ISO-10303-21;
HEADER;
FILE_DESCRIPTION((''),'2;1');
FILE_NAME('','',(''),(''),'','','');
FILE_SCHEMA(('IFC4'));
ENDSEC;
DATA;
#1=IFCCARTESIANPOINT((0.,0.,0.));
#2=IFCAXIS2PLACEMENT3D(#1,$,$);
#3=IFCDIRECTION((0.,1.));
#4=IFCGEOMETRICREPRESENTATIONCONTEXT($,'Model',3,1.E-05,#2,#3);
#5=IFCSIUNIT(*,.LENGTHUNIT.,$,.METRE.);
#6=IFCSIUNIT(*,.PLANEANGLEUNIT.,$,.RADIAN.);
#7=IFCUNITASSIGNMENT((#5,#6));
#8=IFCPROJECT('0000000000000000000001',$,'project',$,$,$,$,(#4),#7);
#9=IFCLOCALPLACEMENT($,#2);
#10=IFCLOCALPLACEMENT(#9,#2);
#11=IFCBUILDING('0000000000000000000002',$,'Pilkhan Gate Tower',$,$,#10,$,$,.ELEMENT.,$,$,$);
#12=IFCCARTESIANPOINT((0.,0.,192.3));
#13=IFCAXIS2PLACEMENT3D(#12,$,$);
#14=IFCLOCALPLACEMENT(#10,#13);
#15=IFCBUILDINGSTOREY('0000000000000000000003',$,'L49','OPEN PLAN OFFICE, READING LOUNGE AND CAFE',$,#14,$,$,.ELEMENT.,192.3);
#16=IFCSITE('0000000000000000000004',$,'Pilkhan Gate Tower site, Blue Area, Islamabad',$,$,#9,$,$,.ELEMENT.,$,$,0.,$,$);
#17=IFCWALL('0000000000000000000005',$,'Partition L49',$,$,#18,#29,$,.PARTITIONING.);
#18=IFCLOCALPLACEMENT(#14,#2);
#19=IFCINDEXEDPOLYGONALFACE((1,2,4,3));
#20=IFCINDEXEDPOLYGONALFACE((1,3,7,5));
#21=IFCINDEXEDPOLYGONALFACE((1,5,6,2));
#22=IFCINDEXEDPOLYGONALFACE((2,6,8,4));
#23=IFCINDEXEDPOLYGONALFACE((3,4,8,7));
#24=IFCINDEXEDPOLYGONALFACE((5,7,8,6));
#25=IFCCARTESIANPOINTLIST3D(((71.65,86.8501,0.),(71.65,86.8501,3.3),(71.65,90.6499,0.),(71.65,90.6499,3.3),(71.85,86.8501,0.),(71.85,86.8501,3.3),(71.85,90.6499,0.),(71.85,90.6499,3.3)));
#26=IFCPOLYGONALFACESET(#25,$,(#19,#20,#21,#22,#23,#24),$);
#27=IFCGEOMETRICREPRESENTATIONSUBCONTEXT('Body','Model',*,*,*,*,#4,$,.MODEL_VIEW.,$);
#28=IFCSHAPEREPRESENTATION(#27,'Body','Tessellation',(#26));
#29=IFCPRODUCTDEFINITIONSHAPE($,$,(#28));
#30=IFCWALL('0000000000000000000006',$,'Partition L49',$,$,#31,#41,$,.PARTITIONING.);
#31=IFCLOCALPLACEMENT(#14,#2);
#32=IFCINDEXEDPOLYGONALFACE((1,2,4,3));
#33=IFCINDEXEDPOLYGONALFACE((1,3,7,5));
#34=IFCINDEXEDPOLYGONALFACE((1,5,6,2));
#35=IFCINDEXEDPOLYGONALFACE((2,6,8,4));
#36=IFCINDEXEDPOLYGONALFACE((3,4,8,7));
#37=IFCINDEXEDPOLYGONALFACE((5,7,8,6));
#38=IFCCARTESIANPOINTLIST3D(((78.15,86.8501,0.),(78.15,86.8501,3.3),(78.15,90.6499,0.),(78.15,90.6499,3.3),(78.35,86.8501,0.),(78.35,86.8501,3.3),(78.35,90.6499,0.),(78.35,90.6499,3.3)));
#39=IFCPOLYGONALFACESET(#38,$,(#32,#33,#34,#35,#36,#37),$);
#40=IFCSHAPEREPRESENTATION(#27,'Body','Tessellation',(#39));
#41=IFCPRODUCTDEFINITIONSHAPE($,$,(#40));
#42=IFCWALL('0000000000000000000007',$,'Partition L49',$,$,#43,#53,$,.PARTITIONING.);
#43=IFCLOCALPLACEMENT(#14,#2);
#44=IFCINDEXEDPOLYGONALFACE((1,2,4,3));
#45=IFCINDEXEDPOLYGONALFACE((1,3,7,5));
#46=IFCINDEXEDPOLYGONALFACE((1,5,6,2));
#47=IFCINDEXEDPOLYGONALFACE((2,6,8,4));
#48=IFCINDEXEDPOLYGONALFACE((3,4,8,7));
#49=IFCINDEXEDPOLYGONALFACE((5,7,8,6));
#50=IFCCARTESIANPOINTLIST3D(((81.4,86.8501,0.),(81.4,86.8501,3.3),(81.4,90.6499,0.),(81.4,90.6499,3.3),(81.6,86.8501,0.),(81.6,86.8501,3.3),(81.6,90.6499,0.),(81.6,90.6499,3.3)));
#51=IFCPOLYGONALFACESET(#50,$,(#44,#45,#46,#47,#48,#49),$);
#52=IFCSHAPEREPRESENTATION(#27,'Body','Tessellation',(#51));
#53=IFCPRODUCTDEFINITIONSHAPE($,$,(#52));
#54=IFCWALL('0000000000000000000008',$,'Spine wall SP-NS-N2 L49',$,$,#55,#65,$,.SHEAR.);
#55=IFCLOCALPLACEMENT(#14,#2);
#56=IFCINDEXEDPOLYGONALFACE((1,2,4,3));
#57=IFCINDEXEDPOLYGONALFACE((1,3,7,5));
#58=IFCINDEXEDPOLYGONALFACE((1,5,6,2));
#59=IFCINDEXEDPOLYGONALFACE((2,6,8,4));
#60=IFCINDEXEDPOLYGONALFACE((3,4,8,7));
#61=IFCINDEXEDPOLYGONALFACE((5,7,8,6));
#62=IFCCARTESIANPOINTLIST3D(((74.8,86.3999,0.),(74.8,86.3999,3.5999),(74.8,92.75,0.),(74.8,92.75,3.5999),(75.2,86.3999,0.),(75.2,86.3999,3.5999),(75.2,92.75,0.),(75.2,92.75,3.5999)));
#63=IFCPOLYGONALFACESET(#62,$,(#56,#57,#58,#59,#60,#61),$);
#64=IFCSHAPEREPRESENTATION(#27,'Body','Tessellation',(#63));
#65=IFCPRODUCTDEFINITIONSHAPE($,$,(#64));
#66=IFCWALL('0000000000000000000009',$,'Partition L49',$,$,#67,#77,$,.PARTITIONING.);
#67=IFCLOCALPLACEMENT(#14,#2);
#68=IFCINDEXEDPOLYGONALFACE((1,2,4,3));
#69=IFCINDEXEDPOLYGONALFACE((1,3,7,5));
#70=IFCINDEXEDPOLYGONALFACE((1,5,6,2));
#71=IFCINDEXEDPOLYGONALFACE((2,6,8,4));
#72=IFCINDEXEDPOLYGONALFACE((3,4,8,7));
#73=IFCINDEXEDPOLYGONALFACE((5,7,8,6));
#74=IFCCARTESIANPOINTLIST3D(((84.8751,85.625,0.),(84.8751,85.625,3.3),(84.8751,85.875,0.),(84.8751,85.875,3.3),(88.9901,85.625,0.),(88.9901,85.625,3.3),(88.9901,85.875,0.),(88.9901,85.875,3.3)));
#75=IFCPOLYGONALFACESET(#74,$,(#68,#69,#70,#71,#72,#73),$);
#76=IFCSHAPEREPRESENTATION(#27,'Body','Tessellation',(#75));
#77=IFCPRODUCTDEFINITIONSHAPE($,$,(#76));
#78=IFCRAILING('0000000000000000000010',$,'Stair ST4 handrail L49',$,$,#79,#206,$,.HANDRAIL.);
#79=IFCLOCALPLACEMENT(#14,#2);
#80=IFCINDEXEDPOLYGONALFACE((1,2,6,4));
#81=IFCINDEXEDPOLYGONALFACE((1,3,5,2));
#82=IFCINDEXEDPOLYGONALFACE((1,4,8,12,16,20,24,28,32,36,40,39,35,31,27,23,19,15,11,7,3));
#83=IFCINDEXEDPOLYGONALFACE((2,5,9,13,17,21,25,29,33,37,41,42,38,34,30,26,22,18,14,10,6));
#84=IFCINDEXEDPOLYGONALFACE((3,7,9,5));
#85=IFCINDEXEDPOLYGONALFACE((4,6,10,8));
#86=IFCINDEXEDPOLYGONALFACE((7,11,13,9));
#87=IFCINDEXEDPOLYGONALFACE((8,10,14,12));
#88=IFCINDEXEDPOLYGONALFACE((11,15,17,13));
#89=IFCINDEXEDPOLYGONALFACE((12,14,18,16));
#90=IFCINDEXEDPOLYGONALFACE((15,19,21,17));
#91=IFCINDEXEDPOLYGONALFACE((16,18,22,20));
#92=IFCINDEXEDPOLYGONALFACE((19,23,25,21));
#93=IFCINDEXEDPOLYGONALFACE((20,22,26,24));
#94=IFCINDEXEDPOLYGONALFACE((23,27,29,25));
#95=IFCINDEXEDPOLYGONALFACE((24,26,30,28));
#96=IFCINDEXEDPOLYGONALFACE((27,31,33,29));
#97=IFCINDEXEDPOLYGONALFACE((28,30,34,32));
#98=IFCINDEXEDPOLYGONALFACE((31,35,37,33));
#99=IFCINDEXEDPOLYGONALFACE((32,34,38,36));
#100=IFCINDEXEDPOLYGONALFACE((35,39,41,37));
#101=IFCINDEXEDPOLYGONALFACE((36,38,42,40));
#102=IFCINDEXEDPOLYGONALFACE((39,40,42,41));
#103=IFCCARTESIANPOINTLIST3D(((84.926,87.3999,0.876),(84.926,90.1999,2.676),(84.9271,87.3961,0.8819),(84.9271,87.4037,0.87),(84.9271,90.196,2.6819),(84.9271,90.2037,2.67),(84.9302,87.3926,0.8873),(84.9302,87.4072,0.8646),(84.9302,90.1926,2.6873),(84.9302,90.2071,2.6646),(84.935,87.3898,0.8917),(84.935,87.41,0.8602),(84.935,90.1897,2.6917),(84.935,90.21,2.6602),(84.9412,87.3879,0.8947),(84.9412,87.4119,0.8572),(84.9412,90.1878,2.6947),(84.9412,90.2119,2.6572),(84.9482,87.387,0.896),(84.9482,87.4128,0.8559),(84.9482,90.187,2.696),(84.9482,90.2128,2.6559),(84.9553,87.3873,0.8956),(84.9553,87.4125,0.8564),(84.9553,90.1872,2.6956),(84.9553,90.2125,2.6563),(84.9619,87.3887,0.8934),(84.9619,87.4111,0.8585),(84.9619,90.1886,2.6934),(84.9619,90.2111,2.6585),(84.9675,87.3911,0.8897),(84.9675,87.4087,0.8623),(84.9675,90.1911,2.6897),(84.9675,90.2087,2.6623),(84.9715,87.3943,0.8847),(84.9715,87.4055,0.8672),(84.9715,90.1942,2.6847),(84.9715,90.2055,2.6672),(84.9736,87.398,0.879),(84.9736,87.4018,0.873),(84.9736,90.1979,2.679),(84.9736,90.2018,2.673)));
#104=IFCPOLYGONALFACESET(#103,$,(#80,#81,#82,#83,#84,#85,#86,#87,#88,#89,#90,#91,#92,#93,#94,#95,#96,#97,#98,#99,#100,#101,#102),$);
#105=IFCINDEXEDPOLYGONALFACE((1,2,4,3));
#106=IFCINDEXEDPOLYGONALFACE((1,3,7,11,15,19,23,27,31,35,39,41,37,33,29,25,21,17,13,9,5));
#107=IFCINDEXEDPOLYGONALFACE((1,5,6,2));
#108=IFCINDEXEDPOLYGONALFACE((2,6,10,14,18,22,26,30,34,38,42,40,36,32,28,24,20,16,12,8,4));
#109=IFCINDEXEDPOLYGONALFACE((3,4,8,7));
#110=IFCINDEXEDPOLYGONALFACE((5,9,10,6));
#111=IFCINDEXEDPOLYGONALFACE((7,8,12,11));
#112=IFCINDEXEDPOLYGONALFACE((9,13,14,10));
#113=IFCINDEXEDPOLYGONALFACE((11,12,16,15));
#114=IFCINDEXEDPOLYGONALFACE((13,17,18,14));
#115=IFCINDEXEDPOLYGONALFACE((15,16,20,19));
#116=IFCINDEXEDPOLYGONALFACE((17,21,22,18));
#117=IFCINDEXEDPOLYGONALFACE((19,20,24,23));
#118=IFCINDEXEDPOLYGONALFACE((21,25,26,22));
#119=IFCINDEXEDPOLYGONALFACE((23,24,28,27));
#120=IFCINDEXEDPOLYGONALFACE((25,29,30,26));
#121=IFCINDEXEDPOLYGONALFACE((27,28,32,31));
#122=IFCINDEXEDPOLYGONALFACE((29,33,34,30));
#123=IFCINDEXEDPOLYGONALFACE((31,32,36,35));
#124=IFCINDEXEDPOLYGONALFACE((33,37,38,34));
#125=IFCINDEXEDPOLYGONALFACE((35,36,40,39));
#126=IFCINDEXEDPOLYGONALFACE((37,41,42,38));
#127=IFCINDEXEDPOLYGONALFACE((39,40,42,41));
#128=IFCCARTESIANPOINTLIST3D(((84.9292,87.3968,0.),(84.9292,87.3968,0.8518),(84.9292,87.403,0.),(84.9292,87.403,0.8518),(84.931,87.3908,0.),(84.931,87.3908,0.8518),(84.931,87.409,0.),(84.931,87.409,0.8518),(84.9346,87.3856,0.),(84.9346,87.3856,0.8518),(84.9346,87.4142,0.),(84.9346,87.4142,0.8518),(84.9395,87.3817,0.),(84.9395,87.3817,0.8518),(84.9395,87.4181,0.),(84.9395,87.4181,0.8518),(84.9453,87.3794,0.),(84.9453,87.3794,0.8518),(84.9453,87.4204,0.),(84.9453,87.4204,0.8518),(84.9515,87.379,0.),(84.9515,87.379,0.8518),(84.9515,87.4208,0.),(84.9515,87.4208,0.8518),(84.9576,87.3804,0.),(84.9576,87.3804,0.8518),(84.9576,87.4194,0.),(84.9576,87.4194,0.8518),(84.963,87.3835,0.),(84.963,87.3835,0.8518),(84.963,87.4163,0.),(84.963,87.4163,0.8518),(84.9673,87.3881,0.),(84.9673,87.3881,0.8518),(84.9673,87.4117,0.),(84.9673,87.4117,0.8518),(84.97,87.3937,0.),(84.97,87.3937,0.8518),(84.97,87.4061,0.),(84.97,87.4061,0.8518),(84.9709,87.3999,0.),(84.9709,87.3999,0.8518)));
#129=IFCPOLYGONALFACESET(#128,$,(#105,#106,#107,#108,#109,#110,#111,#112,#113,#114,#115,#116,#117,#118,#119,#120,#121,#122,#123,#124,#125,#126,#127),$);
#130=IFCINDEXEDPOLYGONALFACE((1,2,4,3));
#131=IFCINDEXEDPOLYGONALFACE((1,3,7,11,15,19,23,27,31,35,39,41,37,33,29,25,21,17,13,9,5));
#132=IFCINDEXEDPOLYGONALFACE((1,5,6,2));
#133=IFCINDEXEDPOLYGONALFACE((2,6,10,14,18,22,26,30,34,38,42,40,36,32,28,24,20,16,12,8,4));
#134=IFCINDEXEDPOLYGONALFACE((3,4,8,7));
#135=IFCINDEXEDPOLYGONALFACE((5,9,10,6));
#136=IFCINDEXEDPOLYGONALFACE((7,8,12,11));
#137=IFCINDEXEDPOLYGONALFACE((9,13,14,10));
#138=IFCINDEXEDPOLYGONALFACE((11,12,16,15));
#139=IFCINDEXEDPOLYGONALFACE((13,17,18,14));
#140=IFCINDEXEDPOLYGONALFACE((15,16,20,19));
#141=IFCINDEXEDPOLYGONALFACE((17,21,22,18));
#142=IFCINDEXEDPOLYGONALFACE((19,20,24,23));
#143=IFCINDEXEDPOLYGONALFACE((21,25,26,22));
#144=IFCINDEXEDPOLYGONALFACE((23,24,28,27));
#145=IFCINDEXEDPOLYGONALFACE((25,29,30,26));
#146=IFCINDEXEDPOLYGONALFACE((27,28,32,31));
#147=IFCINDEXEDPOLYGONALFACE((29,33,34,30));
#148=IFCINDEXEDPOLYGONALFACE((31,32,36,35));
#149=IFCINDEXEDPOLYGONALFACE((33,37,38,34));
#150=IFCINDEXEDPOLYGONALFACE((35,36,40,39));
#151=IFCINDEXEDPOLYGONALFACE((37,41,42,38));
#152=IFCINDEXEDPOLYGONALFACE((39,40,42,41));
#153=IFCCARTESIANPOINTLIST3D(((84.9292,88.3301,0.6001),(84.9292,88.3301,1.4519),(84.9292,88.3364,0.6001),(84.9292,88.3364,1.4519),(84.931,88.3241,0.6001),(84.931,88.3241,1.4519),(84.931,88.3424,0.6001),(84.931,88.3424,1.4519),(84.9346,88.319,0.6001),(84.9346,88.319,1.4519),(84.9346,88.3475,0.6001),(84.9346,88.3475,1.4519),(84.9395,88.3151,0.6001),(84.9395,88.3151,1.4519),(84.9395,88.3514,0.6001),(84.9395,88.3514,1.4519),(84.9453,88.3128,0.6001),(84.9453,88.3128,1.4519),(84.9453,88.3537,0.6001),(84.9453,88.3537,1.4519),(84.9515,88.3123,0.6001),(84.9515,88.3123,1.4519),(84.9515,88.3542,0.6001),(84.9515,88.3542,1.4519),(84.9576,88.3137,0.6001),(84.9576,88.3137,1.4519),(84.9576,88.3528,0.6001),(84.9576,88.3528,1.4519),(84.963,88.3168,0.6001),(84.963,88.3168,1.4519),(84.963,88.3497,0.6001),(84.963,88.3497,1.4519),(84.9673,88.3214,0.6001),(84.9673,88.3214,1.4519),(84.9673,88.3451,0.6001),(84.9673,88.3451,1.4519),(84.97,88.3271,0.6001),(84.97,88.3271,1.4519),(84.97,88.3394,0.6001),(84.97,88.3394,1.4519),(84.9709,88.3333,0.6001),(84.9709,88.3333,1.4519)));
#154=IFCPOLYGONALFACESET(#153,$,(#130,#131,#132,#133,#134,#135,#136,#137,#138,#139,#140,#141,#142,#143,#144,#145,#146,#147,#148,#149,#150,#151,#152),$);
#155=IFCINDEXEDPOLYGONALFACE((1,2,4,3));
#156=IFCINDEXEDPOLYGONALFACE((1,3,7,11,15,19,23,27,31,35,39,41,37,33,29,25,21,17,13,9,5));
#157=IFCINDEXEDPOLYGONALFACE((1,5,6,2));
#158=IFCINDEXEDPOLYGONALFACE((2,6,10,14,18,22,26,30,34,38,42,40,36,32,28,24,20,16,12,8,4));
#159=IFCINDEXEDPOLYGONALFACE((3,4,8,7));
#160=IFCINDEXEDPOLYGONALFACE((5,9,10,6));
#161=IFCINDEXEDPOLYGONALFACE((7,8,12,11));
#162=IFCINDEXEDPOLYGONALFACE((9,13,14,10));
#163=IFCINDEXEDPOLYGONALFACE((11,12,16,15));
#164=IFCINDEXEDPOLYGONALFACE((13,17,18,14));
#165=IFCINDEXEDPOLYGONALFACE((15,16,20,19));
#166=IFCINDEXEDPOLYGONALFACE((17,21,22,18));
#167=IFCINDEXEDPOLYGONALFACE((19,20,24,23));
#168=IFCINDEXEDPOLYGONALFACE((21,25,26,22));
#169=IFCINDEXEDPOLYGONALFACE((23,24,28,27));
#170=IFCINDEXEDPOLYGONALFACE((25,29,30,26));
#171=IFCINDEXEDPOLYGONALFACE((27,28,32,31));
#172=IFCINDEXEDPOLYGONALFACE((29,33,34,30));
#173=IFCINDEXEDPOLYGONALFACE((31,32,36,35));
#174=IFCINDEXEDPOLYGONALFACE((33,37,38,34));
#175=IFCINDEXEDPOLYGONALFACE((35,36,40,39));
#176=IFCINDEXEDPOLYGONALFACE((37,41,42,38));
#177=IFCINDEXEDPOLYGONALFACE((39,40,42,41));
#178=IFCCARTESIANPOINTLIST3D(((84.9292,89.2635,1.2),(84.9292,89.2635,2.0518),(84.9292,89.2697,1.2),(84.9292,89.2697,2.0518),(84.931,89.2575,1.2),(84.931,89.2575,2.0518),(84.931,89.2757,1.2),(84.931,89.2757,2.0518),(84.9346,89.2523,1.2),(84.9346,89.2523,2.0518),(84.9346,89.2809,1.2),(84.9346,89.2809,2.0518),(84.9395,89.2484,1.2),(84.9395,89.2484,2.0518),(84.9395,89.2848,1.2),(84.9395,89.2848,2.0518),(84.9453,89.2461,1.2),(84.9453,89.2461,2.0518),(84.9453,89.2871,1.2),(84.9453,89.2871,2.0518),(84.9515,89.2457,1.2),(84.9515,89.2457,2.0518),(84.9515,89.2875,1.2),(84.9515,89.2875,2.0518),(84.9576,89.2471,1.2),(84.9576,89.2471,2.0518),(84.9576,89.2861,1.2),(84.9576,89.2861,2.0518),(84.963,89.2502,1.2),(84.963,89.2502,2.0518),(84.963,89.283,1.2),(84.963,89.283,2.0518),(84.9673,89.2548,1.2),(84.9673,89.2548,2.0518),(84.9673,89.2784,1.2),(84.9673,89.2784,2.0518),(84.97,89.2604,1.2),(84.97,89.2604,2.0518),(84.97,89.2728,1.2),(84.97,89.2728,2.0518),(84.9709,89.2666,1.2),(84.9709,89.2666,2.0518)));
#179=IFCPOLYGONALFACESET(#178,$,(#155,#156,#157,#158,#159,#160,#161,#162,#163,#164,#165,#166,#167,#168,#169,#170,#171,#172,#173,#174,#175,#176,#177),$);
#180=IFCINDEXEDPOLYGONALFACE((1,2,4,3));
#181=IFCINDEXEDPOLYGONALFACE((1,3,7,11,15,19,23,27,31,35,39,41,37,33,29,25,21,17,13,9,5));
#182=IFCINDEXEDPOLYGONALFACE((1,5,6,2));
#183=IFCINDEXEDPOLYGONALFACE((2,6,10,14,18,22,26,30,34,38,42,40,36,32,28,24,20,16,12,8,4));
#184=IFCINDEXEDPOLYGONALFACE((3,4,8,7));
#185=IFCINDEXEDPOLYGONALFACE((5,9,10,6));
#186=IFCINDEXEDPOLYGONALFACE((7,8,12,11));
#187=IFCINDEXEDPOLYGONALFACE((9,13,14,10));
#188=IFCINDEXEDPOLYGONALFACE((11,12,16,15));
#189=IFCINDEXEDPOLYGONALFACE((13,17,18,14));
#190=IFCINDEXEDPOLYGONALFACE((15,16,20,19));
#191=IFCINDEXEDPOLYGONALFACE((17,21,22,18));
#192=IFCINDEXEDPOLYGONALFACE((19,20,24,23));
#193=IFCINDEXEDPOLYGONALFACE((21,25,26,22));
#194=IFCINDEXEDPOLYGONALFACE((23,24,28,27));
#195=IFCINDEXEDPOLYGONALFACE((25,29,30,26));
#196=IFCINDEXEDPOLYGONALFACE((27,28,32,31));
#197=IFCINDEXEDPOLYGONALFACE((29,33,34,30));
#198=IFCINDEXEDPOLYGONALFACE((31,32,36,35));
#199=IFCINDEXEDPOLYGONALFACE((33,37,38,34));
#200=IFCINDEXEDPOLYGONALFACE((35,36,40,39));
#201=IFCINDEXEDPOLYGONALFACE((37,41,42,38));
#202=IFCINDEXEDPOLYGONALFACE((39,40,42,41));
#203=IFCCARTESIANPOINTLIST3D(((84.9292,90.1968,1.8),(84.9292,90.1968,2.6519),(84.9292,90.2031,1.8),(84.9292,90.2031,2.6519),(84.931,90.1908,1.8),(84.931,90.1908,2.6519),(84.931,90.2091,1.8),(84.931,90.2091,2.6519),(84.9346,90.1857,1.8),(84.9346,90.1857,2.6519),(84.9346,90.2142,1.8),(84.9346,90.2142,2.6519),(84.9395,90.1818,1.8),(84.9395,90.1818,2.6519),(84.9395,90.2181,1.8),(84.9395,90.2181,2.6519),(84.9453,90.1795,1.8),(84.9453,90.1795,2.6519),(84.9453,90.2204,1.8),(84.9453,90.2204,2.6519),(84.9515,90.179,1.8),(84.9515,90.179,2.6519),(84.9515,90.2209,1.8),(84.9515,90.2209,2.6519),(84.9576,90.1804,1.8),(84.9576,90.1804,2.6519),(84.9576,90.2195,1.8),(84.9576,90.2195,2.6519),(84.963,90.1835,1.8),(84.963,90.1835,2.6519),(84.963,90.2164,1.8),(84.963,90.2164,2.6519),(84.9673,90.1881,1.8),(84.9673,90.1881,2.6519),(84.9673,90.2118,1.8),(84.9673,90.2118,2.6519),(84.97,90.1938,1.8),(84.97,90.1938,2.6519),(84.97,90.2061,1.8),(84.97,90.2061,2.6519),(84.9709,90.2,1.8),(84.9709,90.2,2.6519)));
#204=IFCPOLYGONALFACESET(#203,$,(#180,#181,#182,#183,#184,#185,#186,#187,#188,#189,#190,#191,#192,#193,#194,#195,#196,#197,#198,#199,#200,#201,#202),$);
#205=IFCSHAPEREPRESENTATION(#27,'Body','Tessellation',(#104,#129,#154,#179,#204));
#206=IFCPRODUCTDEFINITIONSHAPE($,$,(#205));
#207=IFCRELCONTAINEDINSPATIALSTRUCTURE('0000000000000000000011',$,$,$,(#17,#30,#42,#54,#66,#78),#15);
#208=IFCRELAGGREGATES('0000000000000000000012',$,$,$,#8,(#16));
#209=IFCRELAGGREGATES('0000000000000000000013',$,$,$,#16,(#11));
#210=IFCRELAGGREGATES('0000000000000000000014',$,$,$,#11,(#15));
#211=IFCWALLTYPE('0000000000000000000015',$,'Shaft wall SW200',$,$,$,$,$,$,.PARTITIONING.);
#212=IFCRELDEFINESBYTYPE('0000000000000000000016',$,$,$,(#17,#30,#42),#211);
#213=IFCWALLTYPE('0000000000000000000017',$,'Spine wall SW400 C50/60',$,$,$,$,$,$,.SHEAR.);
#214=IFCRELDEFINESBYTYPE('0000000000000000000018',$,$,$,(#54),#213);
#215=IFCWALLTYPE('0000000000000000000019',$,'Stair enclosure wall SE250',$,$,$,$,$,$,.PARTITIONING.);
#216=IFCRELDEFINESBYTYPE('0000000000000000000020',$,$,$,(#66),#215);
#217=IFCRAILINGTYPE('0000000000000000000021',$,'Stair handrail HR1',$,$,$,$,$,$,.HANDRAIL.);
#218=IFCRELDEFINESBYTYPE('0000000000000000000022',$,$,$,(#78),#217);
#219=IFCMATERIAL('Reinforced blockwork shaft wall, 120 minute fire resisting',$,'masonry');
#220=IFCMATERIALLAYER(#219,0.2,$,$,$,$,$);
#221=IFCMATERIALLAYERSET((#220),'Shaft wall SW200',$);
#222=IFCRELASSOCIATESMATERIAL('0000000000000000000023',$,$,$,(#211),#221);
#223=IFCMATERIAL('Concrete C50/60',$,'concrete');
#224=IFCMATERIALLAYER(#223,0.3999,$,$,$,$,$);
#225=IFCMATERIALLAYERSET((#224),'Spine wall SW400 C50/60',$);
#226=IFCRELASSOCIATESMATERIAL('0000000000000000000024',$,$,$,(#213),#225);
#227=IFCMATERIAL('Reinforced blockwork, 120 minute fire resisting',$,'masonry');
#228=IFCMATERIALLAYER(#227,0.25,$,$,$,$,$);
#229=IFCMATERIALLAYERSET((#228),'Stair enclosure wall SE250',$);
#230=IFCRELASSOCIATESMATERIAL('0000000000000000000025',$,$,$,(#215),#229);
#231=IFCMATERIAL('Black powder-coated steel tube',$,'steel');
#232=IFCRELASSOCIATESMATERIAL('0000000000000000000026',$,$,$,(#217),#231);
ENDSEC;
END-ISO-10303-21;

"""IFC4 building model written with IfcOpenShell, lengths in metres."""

from ifc_helpers import new_model, si_unit, direction, frame, frame_2d, origin, origin_2d, place, context, subcontext, project, spatial, rectangle, circle, extrude, material, layer, layer_set, type_object, element, save


model = new_model("IFC4")

# Units and contexts
model_context = context("Model", 3, precision=1e-05, world=origin(), true_north=direction((0.0, 1.0)))
body_context = subcontext(model_context, "Body", "Model", "MODEL_VIEW")
ifc_project = project(units=[si_unit("LENGTHUNIT", "METRE"), si_unit("PLANEANGLEUNIT", "RADIAN")], contexts=[model_context])

# Site, building, storey
site_placement = place(None, origin())
site = spatial("IfcSite", under=ifc_project, at=site_placement, Name="Pilkhan Gate Tower site, Blue Area, Islamabad", CompositionType="ELEMENT", RefElevation=0.0)
building_placement = place(site_placement, origin())
building = spatial("IfcBuilding", under=site, at=building_placement, Name="Pilkhan Gate Tower", CompositionType="ELEMENT")
storey_placement = place(building_placement, frame((0.0, 0.0, 192.3)))
storey = spatial("IfcBuildingStorey", under=building, at=storey_placement, Name="L49", Description="OPEN PLAN OFFICE, READING LOUNGE AND CAFE", CompositionType="ELEMENT", Elevation=192.3)

# Shared definitions
ifc_material_1 = material(Name="Reinforced blockwork shaft wall, 120 minute fire resisting", Category="masonry")
ifc_layer_1 = layer(ifc_material_1, 0.2)
ifc_layer_set_1 = layer_set([ifc_layer_1], Name="Shaft wall SW200")
wall_type_1 = type_object("IfcWallType", Name="Shaft wall SW200", PredefinedType="PARTITIONING", material=ifc_layer_set_1)

# Walls
for number, where, z_axis, x_axis, name in (
    (1, (71.75, 86.8501, 0.0), (0.0, 0.0, 1.0), (0.0, 1.0, 0.0), "Partition L49"),
    (2, (78.25, 86.8501, 0.0), (0.0, 0.0, 1.0), (0.0, 1.0, 0.0), "Partition L49"),
    (3, (81.5, 86.8501, 0.0), (0.0, 0.0, 1.0), (0.0, 1.0, 0.0), "Partition L49"),
):
    element("IfcWall", number, at=place(storey_placement, frame(where, z_axis=z_axis, x_axis=x_axis)), inside=storey, type_object=wall_type_1, Name=name, PredefinedType="PARTITIONING", context=body_context, shape_type="SweptSolid", body=[
        extrude(rectangle(XDim=3.7998, YDim=0.2, at=frame_2d((1.8999, 0.0))), origin(), (0.0, 0.0, 1.0), 3.3),
    ])
ifc_material_2 = material(Name="Concrete C50/60", Category="concrete")
ifc_layer_2 = layer(ifc_material_2, 0.3999)
ifc_layer_set_2 = layer_set([ifc_layer_2], Name="Spine wall SW400 C50/60")
wall_type_2 = type_object("IfcWallType", Name="Spine wall SW400 C50/60", PredefinedType="SHEAR", material=ifc_layer_set_2)
wall_1_placement = place(storey_placement, frame((75.0, 86.3999, 0.0), z_axis=(0.0, 0.0, 1.0), x_axis=(0.0, 1.0, 0.0)))
element("IfcWall", 4, at=wall_1_placement, inside=storey, type_object=wall_type_2, Name="Spine wall SP-NS-N2 L49", PredefinedType="SHEAR", context=body_context, shape_type="SweptSolid", body=[
    extrude(rectangle(XDim=6.3501, YDim=0.3999, at=frame_2d((3.175, 0.0))), origin(), (0.0, 0.0, 1.0), 3.5999),
])
ifc_material_3 = material(Name="Reinforced blockwork, 120 minute fire resisting", Category="masonry")
ifc_layer_3 = layer(ifc_material_3, 0.25)
ifc_layer_set_3 = layer_set([ifc_layer_3], Name="Stair enclosure wall SE250")
wall_type_3 = type_object("IfcWallType", Name="Stair enclosure wall SE250", PredefinedType="PARTITIONING", material=ifc_layer_set_3)
wall_2_placement = place(storey_placement, frame((84.875, 85.75, 0.0), z_axis=(0.0, 0.0, 1.0), x_axis=(1.0, 0.0, 0.0)))
element("IfcWall", 5, at=wall_2_placement, inside=storey, type_object=wall_type_3, Name="Partition L49", PredefinedType="PARTITIONING", context=body_context, shape_type="SweptSolid", body=[
    extrude(rectangle(XDim=4.115, YDim=0.25, at=frame_2d((2.0576, 0.0))), origin(), (0.0, 0.0, 1.0), 3.3),
])

# Railing
ifc_material_4 = material(Name="Black powder-coated steel tube", Category="steel")
railing_type = type_object("IfcRailingType", Name="Stair handrail HR1", PredefinedType="HANDRAIL", material=ifc_material_4)
railing_placement = place(storey_placement, frame((84.95, 87.3999, 0.0)))
element("IfcRailing", 6, at=railing_placement, inside=storey, type_object=railing_type, Name="Stair ST4 handrail L49", PredefinedType="HANDRAIL", context=body_context, shape_type="SweptSolid", body=[
    extrude(circle(Radius=0.0239, at=origin_2d()), frame((0.0, 0.0, 0.876), z_axis=(0.0, 0.841176, 0.540761), x_axis=(-1.0, 0.0, 0.0)), (0.0, 0.0, 1.0), 3.3286),
    extrude(circle(Radius=0.021, at=origin_2d()), origin(), (0.0, 0.0, 1.0), 0.8518),
    extrude(circle(Radius=0.021, at=origin_2d()), frame((0.0, 0.9333, 0.6001)), (0.0, 0.0, 1.0), 0.8518),
    extrude(circle(Radius=0.021, at=origin_2d()), frame((0.0, 1.8667, 1.2)), (0.0, 0.0, 1.0), 0.8518),
    extrude(circle(Radius=0.021, at=origin_2d()), frame((0.0, 2.8, 1.8)), (0.0, 0.0, 1.0), 0.8518),
])

save(model, "model.ifc")
